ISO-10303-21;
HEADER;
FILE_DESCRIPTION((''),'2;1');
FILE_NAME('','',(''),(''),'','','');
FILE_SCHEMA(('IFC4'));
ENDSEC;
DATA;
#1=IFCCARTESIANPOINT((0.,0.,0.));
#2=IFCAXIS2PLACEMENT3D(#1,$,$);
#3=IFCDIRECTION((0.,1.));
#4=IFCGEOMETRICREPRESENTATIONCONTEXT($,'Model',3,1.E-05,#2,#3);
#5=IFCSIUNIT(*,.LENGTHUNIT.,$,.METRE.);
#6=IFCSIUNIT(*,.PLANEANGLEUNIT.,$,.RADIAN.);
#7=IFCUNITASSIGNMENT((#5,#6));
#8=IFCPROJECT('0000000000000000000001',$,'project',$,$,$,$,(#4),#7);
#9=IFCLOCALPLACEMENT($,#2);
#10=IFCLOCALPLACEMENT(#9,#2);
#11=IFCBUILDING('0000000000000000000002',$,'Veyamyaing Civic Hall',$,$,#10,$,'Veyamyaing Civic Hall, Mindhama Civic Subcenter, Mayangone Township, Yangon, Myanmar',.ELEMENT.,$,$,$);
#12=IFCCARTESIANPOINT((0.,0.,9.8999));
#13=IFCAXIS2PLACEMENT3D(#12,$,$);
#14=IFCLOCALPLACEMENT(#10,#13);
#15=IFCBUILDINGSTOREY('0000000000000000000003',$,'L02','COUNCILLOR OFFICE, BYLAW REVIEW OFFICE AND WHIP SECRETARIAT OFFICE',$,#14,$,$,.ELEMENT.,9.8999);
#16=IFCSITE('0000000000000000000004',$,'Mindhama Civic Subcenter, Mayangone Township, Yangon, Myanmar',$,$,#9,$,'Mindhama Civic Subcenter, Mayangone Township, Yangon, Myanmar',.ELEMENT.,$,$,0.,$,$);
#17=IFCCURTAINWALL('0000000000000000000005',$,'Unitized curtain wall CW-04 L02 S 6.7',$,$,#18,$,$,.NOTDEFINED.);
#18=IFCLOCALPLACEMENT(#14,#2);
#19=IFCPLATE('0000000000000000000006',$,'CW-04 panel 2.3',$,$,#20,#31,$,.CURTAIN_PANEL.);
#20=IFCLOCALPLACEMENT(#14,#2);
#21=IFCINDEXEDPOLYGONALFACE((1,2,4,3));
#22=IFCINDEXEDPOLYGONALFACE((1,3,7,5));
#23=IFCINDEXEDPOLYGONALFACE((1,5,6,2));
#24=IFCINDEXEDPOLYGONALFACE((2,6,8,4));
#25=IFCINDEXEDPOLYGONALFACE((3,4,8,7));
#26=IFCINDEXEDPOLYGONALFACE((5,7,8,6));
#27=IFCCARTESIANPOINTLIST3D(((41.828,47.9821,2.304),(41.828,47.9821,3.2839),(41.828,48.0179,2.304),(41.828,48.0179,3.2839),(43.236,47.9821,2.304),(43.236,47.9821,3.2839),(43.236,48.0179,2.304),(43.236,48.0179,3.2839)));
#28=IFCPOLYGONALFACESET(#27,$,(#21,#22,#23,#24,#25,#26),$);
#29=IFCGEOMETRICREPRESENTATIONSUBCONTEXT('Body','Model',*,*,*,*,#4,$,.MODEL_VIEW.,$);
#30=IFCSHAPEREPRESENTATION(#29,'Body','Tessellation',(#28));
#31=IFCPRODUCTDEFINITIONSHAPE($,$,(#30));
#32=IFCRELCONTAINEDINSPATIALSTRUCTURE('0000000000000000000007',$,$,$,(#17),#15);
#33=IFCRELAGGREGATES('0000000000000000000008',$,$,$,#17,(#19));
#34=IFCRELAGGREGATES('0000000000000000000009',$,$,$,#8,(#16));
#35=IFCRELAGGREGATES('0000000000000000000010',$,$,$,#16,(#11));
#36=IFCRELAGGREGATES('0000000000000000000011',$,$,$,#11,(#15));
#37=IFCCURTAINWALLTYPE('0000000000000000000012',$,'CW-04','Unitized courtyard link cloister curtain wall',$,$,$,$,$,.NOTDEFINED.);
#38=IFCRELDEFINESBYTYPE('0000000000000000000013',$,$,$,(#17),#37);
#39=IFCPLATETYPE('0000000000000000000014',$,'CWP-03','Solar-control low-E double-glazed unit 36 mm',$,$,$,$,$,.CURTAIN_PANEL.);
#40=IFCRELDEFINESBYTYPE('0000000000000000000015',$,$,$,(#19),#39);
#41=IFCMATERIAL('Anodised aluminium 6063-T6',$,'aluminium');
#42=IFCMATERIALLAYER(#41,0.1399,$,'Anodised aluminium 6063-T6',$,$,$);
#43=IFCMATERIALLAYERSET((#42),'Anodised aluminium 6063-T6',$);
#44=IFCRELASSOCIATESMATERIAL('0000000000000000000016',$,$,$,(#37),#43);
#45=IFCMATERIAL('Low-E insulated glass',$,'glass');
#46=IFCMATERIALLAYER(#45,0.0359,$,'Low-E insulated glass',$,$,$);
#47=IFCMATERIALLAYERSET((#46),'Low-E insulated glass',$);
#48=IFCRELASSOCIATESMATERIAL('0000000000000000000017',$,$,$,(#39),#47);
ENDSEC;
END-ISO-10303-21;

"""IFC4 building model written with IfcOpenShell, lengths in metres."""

from ifc_helpers import new_model, si_unit, direction, frame, origin, origin_2d, place, context, subcontext, project, spatial, rectangle, extrude, material, layer, layer_set, type_object, element, aggregate, save


model = new_model("IFC4")

# Units and contexts
model_context = context("Model", 3, precision=1e-05, world=origin(), true_north=direction((0.0, 1.0)))
body_context = subcontext(model_context, "Body", "Model", "MODEL_VIEW")
ifc_project = project(units=[si_unit("LENGTHUNIT", "METRE"), si_unit("PLANEANGLEUNIT", "RADIAN")], contexts=[model_context])

# Site, building, storey
site_placement = place(None, origin())
site = spatial("IfcSite", under=ifc_project, at=site_placement, Name="Mindhama Civic Subcenter, Mayangone Township, Yangon, Myanmar", LongName="Mindhama Civic Subcenter, Mayangone Township, Yangon, Myanmar", CompositionType="ELEMENT", RefElevation=0.0)
building_placement = place(site_placement, origin())
building = spatial("IfcBuilding", under=site, at=building_placement, Name="Veyamyaing Civic Hall", LongName="Veyamyaing Civic Hall, Mindhama Civic Subcenter, Mayangone Township, Yangon, Myanmar", CompositionType="ELEMENT")
storey_placement = place(building_placement, frame((0.0, 0.0, 9.8999)))
storey = spatial("IfcBuildingStorey", under=building, at=storey_placement, Name="L02", Description="COUNCILLOR OFFICE, BYLAW REVIEW OFFICE AND WHIP SECRETARIAT OFFICE", CompositionType="ELEMENT", Elevation=9.8999)

# Curtain wall
ifc_material_1 = material(Name="Anodised aluminium 6063-T6", Category="aluminium")
ifc_layer_1 = layer(ifc_material_1, 0.1399, Name="Anodised aluminium 6063-T6")
ifc_layer_set_1 = layer_set([ifc_layer_1], Name="Anodised aluminium 6063-T6")
curtain_wall_type = type_object("IfcCurtainWallType", Name="CW-04", Description="Unitized courtyard link cloister curtain wall", PredefinedType="NOTDEFINED", material=ifc_layer_set_1)
curtain_wall_placement = place(storey_placement, origin())
curtain_wall = element("IfcCurtainWall", 1, at=curtain_wall_placement, inside=storey, type_object=curtain_wall_type, Name="Unitized curtain wall CW-04 L02 S 6.7", PredefinedType="NOTDEFINED")

# Plate
ifc_material_2 = material(Name="Low-E insulated glass", Category="glass")
ifc_layer_2 = layer(ifc_material_2, 0.0359, Name="Low-E insulated glass")
ifc_layer_set_2 = layer_set([ifc_layer_2], Name="Low-E insulated glass")
plate_type = type_object("IfcPlateType", Name="CWP-03", Description="Solar-control low-E double-glazed unit 36 mm", PredefinedType="CURTAIN_PANEL", material=ifc_layer_set_2)
plate_1_placement = place(storey_placement, frame((42.532, 48.0, 2.304), z_axis=(0.0, 0.0, 1.0), x_axis=(1.0, 0.0, 0.0)))
plate_1 = element("IfcPlate", 2, at=plate_1_placement, type_object=plate_type, Name="CW-04 panel 2.3", PredefinedType="CURTAIN_PANEL", context=body_context, shape_type="SweptSolid", body=[
    extrude(rectangle(XDim=1.408, YDim=0.0359, at=origin_2d()), origin(), (0.0, 0.0, 1.0), 0.98),
])
aggregate(curtain_wall, [plate_1])

save(model, "model.ifc")
